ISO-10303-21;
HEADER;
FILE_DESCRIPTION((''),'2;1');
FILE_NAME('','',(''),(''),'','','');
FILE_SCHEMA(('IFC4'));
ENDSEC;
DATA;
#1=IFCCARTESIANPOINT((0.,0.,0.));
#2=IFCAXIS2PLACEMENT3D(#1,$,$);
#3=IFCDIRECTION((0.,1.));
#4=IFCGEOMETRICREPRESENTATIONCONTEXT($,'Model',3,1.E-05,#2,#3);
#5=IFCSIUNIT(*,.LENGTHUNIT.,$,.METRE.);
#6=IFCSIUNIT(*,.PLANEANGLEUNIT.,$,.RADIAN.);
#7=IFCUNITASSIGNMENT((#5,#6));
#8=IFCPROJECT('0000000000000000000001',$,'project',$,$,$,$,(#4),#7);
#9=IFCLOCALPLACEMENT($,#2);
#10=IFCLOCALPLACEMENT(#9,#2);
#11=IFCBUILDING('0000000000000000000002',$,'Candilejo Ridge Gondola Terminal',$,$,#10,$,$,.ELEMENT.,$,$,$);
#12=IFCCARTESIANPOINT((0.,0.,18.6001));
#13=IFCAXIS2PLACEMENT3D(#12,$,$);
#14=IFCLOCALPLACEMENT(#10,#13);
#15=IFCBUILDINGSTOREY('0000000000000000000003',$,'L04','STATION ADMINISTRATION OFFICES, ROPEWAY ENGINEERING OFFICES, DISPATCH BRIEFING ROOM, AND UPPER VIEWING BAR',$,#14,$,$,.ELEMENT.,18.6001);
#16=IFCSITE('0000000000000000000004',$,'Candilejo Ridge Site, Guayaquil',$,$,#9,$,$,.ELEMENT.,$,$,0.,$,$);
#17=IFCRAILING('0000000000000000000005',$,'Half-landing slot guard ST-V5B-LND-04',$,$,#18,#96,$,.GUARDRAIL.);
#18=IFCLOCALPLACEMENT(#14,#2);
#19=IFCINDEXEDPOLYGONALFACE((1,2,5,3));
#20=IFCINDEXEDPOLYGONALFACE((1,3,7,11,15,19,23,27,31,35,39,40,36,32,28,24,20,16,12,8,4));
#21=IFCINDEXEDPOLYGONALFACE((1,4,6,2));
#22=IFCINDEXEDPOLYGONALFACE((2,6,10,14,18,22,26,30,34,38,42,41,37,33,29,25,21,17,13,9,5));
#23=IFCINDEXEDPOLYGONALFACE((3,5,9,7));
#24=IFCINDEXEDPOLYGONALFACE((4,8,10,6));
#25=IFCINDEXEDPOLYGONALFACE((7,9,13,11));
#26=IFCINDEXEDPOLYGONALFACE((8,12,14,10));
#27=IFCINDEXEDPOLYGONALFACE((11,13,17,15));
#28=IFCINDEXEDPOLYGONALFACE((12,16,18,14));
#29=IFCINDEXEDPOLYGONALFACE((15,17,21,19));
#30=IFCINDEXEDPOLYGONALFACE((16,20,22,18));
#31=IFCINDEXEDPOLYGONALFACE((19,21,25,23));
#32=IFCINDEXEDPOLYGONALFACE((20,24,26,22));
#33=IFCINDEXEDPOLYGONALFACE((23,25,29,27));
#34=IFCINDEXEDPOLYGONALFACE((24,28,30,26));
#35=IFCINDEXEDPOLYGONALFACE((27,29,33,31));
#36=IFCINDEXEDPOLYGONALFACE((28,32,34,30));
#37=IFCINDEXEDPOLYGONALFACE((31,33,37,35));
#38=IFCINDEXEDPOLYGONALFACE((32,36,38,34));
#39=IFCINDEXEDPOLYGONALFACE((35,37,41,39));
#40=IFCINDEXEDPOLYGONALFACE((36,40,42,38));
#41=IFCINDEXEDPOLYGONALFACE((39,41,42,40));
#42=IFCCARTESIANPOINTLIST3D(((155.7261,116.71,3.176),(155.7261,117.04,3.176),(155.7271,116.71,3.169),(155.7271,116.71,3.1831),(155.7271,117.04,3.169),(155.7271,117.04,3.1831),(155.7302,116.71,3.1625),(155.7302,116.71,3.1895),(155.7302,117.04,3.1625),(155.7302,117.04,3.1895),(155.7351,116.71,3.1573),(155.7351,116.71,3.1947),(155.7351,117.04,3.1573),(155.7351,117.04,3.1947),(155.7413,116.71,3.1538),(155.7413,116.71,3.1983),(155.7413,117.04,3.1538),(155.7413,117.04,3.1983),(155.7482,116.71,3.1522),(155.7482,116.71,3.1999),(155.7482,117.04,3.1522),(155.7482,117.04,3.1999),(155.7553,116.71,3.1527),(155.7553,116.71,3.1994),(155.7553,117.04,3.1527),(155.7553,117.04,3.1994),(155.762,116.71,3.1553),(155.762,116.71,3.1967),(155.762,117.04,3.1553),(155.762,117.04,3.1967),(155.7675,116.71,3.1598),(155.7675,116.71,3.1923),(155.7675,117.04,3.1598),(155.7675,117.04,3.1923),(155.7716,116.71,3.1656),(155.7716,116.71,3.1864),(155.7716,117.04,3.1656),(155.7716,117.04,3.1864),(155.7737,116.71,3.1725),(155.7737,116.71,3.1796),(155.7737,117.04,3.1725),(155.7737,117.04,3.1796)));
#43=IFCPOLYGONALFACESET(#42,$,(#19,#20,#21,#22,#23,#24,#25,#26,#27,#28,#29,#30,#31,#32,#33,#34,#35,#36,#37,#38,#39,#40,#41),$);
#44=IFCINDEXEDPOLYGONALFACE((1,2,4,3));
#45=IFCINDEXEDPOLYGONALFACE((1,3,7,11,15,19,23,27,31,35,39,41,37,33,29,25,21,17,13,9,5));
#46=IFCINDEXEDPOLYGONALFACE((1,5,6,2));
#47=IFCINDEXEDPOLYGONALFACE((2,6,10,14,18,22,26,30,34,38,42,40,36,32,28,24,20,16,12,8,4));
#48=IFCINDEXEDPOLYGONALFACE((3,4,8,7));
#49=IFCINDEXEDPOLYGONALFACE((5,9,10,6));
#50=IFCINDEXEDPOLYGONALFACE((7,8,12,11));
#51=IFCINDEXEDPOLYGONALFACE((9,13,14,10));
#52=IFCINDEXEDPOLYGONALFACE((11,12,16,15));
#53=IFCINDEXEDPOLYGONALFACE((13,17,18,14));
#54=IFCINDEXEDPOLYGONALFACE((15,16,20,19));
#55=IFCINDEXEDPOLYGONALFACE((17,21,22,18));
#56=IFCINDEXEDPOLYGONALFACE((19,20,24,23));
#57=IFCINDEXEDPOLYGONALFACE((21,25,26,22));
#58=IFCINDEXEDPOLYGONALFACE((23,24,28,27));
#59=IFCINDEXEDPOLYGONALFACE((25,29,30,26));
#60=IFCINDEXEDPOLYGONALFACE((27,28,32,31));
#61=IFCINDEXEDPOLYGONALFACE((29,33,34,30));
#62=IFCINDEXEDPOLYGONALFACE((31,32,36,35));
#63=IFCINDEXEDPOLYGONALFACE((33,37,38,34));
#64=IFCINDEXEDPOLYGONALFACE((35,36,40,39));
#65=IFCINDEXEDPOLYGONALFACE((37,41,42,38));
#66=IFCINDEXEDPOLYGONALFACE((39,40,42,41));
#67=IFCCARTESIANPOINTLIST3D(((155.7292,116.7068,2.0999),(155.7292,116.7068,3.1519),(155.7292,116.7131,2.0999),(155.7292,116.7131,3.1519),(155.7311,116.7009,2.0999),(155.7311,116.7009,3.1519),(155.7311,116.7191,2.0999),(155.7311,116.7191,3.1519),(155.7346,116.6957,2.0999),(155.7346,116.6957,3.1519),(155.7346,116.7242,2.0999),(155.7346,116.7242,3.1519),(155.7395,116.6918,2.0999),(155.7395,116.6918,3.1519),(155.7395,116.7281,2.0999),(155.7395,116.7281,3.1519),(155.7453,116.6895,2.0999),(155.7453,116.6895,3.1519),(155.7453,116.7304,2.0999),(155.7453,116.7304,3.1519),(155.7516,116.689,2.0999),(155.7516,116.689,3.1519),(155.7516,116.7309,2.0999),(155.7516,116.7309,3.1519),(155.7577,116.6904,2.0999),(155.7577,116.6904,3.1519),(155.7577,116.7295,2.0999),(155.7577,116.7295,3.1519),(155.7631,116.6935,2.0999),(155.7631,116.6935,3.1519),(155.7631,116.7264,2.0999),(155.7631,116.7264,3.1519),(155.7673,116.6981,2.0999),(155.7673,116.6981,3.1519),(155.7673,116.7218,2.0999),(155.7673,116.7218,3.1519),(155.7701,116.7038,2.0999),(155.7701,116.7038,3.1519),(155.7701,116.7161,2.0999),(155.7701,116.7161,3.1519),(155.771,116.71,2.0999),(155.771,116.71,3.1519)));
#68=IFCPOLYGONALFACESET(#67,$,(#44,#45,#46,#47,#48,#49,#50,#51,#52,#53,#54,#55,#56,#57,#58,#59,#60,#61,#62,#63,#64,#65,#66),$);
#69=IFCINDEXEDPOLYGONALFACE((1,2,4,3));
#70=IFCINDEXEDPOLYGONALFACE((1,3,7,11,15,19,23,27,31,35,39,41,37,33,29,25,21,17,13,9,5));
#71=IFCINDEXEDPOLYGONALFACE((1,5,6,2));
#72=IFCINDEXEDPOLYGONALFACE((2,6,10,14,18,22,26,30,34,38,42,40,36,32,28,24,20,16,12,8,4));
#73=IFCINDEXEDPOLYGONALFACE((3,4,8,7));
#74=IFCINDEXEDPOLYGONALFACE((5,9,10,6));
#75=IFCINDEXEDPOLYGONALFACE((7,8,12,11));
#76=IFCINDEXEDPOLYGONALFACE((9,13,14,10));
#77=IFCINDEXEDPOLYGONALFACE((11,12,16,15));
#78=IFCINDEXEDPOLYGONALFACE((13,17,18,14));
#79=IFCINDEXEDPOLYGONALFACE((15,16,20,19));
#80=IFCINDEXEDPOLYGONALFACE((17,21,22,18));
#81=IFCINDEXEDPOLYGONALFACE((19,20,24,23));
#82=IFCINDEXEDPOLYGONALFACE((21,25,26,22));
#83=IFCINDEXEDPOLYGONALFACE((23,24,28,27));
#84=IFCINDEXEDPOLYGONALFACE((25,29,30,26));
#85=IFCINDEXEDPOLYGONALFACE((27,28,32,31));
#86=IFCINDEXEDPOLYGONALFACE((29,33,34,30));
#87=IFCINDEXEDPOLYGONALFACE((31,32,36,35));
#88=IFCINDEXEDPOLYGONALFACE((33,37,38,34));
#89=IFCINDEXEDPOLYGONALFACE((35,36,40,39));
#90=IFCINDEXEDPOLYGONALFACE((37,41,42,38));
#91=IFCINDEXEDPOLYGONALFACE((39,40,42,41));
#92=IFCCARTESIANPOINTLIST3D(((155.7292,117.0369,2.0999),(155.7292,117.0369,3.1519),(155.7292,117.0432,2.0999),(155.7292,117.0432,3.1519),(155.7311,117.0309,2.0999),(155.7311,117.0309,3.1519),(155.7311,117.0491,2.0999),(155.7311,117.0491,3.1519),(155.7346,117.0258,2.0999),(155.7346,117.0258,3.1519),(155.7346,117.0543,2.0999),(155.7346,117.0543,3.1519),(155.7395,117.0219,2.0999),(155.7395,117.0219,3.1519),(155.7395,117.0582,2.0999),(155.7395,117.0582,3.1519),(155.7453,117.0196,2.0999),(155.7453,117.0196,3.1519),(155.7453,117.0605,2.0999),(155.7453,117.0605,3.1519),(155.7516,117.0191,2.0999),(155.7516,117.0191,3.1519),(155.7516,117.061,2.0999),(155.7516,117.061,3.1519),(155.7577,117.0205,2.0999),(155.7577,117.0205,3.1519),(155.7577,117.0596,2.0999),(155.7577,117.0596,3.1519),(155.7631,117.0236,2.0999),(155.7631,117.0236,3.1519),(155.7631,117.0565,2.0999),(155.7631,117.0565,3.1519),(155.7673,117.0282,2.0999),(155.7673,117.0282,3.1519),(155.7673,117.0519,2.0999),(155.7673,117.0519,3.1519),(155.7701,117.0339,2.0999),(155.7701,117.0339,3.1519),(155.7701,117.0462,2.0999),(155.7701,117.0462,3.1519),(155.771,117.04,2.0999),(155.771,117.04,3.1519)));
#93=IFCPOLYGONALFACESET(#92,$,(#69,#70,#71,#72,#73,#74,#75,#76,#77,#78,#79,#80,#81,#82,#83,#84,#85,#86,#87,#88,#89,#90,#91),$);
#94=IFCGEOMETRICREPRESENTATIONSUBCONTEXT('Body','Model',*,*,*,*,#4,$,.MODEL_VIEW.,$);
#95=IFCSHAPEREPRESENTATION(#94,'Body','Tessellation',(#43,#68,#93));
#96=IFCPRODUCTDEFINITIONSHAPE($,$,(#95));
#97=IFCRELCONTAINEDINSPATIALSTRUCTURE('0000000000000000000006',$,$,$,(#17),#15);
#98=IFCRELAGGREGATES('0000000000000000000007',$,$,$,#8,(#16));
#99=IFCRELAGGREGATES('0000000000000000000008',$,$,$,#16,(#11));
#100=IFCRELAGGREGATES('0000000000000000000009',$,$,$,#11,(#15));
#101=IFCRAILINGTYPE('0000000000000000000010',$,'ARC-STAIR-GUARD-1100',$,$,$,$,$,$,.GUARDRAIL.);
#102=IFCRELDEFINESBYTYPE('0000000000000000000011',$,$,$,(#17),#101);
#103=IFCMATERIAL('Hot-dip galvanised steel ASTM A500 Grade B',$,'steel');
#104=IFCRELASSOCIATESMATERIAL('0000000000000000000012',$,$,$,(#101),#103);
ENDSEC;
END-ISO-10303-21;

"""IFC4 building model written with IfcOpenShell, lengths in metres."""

from ifc_helpers import new_model, si_unit, direction, frame, origin, origin_2d, place, context, subcontext, project, spatial, circle, extrude, material, type_object, element, save


model = new_model("IFC4")

# Units and contexts
model_context = context("Model", 3, precision=1e-05, world=origin(), true_north=direction((0.0, 1.0)))
body_context = subcontext(model_context, "Body", "Model", "MODEL_VIEW")
ifc_project = project(units=[si_unit("LENGTHUNIT", "METRE"), si_unit("PLANEANGLEUNIT", "RADIAN")], contexts=[model_context])

# Site, building, storey
site_placement = place(None, origin())
site = spatial("IfcSite", under=ifc_project, at=site_placement, Name="Candilejo Ridge Site, Guayaquil", CompositionType="ELEMENT", RefElevation=0.0)
building_placement = place(site_placement, origin())
building = spatial("IfcBuilding", under=site, at=building_placement, Name="Candilejo Ridge Gondola Terminal", CompositionType="ELEMENT")
storey_placement = place(building_placement, frame((0.0, 0.0, 18.6001)))
storey = spatial("IfcBuildingStorey", under=building, at=storey_placement, Name="L04", Description="STATION ADMINISTRATION OFFICES, ROPEWAY ENGINEERING OFFICES, DISPATCH BRIEFING ROOM, AND UPPER VIEWING BAR", CompositionType="ELEMENT", Elevation=18.6001)

# Railing
ifc_material_1 = material(Name="Hot-dip galvanised steel ASTM A500 Grade B", Category="steel")
railing_type_1 = type_object("IfcRailingType", Name="ARC-STAIR-GUARD-1100", PredefinedType="GUARDRAIL", material=ifc_material_1)
railing_1_placement = place(storey_placement, frame((155.75, 116.71, 2.0999)))
element("IfcRailing", 1, at=railing_1_placement, inside=storey, type_object=railing_type_1, Name="Half-landing slot guard ST-V5B-LND-04", PredefinedType="GUARDRAIL", context=body_context, shape_type="SweptSolid", body=[
    extrude(circle(Radius=0.0239, at=origin_2d()), frame((0.0, 0.0, 1.0762), z_axis=(0.0, 1.0, 0.0), x_axis=(-1.0, 0.0, 0.0)), (0.0, 0.0, 1.0), 0.3301),
    extrude(circle(Radius=0.021, at=origin_2d()), origin(), (0.0, 0.0, 1.0), 1.052),
    extrude(circle(Radius=0.021, at=origin_2d()), frame((0.0, 0.3301, 0.0)), (0.0, 0.0, 1.0), 1.052),
])

save(model, "model.ifc")
